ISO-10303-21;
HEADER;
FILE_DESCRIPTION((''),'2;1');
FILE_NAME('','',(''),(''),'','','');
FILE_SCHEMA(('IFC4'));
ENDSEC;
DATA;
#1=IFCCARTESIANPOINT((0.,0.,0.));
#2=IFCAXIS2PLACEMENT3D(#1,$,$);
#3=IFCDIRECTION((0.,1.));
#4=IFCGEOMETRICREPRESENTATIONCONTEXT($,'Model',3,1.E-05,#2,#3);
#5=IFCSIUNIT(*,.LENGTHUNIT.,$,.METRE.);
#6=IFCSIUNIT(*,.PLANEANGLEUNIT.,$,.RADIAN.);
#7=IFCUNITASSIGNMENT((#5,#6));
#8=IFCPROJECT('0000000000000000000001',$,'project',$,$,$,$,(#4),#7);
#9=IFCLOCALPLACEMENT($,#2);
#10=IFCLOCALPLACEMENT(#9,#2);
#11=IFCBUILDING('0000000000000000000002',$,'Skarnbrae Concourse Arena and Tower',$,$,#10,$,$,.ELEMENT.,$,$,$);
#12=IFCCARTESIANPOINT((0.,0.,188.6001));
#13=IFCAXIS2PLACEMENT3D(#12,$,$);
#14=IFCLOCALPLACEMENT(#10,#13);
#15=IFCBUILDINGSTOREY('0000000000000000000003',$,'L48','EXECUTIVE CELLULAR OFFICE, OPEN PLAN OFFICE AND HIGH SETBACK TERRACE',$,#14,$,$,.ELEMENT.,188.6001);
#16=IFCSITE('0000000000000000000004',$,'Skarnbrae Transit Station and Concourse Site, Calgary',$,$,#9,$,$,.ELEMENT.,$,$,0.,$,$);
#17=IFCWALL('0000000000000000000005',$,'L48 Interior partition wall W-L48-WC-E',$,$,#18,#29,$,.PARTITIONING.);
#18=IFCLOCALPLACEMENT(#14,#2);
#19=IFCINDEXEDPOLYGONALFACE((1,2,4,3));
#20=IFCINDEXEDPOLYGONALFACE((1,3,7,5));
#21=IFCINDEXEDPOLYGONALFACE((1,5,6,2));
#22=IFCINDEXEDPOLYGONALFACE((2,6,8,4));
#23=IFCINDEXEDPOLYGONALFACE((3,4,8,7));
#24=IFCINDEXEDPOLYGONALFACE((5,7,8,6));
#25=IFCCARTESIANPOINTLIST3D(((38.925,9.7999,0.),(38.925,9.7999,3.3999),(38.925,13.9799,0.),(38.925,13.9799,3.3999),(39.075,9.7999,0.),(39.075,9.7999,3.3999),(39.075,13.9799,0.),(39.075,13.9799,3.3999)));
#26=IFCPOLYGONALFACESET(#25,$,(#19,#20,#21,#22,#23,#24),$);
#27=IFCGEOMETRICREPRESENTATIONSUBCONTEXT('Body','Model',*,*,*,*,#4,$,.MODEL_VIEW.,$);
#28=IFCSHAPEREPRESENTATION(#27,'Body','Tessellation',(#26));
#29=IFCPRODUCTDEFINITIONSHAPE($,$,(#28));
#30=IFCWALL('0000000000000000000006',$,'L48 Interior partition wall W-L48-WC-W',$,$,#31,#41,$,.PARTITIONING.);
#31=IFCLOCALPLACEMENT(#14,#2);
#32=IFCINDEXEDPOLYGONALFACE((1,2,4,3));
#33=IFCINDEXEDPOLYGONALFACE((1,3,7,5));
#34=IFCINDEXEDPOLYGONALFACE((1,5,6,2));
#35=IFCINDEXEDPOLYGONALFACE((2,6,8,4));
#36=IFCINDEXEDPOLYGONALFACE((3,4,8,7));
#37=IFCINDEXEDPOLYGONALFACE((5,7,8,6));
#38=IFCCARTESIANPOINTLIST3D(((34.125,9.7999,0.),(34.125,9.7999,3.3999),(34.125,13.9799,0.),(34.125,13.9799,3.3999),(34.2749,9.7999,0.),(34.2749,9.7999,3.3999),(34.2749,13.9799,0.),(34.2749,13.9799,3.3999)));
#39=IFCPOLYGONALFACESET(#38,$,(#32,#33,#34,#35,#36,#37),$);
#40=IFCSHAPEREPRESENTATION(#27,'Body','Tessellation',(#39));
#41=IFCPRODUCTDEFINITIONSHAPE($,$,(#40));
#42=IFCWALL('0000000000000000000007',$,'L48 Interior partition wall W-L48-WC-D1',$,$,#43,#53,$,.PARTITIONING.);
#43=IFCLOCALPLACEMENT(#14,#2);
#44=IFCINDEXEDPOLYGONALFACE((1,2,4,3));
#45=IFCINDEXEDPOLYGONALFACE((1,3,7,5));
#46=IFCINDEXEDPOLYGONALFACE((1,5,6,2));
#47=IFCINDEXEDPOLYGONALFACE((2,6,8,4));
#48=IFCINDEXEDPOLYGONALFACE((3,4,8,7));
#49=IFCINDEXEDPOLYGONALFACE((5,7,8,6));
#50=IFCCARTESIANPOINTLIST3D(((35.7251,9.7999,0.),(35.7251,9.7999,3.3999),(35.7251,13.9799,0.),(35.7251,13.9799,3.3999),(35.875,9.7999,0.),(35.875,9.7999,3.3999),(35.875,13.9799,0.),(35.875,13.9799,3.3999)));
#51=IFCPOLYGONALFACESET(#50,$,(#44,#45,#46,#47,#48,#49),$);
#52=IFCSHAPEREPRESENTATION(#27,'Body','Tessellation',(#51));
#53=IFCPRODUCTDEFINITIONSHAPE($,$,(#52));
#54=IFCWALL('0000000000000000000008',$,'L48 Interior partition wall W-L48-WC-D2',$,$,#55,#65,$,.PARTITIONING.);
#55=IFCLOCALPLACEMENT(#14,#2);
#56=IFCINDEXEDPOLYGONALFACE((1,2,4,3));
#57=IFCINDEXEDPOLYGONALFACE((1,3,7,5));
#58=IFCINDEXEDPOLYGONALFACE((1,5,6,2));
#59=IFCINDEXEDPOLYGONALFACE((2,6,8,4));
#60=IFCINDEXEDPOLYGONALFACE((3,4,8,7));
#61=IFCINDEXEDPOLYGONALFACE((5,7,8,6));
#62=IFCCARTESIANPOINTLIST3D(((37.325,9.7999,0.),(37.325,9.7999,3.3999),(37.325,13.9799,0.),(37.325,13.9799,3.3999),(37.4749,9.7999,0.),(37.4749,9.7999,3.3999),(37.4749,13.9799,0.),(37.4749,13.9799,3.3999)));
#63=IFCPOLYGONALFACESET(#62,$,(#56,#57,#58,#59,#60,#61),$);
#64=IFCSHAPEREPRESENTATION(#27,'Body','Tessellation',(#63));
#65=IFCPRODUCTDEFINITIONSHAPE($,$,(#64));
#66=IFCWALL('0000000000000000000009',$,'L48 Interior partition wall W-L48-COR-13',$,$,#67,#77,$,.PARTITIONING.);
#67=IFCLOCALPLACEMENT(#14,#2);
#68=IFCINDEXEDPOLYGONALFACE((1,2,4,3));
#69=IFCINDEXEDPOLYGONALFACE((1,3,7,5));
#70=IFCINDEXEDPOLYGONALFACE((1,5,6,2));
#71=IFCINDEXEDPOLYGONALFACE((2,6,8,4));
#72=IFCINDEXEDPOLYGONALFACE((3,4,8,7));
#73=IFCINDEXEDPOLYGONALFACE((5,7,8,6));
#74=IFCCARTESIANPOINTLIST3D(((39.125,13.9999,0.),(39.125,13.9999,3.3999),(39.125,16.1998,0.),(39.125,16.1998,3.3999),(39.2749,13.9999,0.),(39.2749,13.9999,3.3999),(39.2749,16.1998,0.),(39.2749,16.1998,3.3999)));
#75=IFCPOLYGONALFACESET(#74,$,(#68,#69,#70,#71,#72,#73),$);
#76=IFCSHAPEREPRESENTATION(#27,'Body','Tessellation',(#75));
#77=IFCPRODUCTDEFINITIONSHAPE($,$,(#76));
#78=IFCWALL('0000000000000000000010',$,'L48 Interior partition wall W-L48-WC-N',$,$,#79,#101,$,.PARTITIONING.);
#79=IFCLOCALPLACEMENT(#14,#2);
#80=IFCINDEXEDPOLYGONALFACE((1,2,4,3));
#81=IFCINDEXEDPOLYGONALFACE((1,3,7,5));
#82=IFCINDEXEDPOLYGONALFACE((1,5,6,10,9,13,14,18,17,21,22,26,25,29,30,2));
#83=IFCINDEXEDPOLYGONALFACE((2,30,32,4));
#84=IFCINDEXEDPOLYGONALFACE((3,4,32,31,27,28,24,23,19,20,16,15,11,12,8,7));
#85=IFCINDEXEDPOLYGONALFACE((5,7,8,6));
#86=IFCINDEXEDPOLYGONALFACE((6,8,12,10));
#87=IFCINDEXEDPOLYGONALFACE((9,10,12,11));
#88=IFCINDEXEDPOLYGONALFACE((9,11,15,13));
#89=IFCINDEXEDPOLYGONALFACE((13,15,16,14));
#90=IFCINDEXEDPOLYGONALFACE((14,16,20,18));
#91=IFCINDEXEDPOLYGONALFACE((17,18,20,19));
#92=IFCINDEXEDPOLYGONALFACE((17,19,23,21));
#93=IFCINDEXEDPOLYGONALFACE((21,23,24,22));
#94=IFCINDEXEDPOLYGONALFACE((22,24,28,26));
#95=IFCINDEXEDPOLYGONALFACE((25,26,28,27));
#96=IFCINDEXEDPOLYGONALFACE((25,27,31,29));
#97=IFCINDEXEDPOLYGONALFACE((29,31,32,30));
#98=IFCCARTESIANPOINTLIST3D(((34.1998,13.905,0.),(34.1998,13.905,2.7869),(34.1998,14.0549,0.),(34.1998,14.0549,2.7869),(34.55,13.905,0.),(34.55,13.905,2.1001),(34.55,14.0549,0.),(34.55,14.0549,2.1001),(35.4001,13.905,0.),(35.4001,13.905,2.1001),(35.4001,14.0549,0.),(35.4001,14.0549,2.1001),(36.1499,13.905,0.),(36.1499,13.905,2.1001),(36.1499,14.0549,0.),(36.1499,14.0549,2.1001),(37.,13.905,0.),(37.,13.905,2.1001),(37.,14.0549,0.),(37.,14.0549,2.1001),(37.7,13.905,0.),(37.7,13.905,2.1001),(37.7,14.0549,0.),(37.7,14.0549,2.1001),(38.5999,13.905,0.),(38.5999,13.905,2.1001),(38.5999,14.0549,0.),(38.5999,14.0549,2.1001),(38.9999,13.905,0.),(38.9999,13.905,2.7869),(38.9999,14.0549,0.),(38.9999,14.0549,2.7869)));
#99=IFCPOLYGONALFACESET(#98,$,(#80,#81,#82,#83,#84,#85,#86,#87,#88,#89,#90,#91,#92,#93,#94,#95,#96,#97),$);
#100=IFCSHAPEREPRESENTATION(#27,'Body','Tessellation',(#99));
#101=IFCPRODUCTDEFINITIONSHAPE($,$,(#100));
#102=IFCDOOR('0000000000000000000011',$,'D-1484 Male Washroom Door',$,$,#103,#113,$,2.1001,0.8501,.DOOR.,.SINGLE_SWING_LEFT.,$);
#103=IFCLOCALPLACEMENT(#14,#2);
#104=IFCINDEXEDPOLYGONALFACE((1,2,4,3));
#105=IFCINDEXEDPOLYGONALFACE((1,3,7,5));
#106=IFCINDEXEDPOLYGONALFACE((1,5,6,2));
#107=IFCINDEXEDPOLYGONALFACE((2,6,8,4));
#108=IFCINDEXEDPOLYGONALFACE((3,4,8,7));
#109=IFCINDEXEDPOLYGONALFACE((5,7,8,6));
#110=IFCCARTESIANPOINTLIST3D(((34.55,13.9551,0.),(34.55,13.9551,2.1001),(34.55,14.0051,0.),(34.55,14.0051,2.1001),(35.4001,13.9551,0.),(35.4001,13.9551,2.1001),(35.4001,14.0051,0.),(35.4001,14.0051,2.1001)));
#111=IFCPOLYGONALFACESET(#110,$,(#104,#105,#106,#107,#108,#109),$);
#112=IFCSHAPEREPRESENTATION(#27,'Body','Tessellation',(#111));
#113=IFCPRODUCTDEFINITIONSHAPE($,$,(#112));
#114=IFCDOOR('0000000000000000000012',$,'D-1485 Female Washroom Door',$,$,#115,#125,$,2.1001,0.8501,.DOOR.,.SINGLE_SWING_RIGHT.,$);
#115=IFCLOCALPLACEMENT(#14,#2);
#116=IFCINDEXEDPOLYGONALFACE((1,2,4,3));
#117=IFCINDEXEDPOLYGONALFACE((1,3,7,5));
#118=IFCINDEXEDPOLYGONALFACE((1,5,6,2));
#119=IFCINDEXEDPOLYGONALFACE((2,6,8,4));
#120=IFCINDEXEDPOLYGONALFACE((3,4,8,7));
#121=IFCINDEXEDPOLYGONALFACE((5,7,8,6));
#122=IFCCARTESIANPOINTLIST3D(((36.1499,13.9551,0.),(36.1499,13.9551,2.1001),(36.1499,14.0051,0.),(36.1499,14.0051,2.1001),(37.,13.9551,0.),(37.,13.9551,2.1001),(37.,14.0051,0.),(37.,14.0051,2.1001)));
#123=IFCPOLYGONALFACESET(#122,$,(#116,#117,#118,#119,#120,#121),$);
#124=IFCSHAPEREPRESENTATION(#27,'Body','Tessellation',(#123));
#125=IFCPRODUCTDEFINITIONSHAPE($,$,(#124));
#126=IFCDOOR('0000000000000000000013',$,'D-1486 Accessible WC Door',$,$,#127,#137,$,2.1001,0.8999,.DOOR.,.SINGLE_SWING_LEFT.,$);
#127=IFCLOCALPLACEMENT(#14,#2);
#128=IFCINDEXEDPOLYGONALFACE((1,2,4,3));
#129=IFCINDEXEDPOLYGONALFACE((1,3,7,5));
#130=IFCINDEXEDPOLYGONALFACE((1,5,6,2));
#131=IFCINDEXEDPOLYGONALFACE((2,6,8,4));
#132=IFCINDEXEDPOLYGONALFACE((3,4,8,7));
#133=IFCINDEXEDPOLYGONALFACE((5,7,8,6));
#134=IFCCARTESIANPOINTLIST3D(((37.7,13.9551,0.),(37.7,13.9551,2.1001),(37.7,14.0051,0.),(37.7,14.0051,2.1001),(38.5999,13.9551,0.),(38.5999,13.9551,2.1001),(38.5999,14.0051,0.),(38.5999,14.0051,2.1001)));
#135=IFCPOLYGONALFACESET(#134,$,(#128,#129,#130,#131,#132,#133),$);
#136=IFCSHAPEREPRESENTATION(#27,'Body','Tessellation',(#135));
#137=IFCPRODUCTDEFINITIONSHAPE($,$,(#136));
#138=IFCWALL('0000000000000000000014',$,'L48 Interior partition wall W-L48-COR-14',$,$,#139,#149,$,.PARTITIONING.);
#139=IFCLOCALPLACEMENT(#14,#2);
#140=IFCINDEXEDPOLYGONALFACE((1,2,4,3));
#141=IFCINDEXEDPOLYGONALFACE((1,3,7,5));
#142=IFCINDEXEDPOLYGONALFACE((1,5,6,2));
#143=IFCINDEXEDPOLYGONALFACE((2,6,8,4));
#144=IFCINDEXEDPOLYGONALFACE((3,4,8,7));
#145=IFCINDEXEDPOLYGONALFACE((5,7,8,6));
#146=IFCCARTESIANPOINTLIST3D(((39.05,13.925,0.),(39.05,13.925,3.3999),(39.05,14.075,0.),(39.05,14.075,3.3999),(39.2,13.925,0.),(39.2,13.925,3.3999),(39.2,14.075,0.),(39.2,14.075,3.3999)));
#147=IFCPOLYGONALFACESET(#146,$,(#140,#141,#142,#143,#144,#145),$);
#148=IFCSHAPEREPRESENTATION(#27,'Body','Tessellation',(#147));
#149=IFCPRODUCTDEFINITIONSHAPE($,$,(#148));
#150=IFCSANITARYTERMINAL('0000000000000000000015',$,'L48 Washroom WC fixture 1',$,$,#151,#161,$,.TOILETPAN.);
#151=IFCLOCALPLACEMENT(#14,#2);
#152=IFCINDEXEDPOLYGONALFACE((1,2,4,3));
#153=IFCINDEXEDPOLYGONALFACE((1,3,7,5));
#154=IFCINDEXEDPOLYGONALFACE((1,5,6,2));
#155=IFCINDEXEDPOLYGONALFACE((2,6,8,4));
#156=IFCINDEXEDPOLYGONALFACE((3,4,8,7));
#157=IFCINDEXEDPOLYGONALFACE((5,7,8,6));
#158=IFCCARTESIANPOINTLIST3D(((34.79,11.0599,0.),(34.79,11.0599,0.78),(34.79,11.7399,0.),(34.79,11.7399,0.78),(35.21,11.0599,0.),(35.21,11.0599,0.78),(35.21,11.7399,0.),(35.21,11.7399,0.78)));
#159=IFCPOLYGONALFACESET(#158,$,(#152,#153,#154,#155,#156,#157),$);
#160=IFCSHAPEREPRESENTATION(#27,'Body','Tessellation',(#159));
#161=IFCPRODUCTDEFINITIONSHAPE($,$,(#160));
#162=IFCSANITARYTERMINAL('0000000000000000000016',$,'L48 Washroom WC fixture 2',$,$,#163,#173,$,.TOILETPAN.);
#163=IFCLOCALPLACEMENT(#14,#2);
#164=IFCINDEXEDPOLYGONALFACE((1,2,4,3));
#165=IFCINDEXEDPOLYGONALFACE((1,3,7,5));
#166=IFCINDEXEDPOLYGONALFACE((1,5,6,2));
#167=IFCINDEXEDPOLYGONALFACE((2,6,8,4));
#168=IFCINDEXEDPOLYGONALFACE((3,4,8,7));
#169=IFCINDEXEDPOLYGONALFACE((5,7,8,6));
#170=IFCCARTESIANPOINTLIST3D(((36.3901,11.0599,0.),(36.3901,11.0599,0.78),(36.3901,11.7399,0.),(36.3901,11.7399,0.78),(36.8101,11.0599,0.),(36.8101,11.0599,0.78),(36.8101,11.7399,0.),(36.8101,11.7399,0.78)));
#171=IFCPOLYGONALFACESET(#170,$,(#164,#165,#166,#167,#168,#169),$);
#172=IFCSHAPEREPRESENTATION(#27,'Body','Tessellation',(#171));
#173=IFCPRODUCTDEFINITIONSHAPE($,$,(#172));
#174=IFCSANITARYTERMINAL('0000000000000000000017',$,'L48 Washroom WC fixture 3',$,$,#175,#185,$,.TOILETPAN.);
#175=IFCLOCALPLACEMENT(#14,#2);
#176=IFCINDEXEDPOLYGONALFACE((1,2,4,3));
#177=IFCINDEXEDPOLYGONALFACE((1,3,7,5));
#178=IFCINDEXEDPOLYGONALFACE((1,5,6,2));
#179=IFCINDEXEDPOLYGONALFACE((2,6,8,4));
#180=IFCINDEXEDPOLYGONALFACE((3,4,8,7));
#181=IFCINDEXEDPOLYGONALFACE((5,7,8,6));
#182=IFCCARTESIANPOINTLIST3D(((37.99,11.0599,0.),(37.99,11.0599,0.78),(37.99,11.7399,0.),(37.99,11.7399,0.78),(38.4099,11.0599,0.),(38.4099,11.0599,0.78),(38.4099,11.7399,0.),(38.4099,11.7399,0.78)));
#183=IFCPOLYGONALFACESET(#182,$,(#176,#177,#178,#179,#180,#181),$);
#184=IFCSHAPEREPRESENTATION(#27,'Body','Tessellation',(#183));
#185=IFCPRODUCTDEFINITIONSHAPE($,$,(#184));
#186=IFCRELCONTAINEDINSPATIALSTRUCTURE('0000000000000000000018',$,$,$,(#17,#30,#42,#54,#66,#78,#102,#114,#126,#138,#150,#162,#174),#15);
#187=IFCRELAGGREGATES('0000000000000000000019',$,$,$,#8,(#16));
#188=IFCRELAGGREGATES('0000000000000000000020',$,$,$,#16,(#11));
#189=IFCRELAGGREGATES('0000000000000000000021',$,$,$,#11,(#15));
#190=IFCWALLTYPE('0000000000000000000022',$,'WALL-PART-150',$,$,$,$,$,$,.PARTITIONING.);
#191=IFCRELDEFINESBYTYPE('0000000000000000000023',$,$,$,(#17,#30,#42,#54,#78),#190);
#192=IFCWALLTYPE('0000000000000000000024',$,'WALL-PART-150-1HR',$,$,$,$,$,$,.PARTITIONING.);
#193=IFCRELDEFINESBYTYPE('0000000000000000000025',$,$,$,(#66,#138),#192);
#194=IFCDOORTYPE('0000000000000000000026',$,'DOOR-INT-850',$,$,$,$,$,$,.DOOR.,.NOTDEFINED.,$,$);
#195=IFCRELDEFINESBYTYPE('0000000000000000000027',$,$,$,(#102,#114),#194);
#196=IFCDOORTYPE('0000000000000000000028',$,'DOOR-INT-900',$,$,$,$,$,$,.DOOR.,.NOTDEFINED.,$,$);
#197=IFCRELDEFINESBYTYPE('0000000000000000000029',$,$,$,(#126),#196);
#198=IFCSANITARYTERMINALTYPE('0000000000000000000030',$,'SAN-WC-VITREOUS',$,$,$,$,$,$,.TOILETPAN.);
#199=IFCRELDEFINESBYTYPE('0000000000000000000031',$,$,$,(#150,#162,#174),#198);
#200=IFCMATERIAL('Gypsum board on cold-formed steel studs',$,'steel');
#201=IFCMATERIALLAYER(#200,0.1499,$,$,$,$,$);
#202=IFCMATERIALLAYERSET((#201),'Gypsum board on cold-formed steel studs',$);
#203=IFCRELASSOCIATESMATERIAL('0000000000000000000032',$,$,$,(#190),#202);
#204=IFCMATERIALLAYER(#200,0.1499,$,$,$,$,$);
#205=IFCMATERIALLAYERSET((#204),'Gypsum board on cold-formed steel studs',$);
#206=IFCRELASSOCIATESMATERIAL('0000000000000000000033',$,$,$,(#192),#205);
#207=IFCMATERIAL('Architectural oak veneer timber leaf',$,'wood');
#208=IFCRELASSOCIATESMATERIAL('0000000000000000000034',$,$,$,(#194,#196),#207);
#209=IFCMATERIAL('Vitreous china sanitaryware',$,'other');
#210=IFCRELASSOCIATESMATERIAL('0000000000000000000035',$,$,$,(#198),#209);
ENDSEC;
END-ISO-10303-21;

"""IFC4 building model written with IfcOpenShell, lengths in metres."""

from ifc_helpers import new_model, si_unit, direction, frame, frame_2d, origin, origin_2d, place, context, subcontext, project, spatial, rectangle, extrude, source, transform, mapped, material, layer, layer_set, type_object, element, fill, save


model = new_model("IFC4")

# Units and contexts
model_context = context("Model", 3, precision=1e-05, world=origin(), true_north=direction((0.0, 1.0)))
body_context = subcontext(model_context, "Body", "Model", "MODEL_VIEW")
ifc_project = project(units=[si_unit("LENGTHUNIT", "METRE"), si_unit("PLANEANGLEUNIT", "RADIAN")], contexts=[model_context])

# Site, building, storey
site_placement = place(None, origin())
site = spatial("IfcSite", under=ifc_project, at=site_placement, Name="Skarnbrae Transit Station and Concourse Site, Calgary", CompositionType="ELEMENT", RefElevation=0.0)
building_placement = place(site_placement, origin())
building = spatial("IfcBuilding", under=site, at=building_placement, Name="Skarnbrae Concourse Arena and Tower", CompositionType="ELEMENT")
storey_placement = place(building_placement, frame((0.0, 0.0, 188.6001)))
storey = spatial("IfcBuildingStorey", under=building, at=storey_placement, Name="L48", Description="EXECUTIVE CELLULAR OFFICE, OPEN PLAN OFFICE AND HIGH SETBACK TERRACE", CompositionType="ELEMENT", Elevation=188.6001)

# Walls
ifc_material_1 = material(Name="Gypsum board on cold-formed steel studs", Category="steel")
ifc_layer_1 = layer(ifc_material_1, 0.1499)
ifc_layer_set_1 = layer_set([ifc_layer_1], Name="Gypsum board on cold-formed steel studs")
wall_type_1 = type_object("IfcWallType", Name="WALL-PART-150", PredefinedType="PARTITIONING", material=ifc_layer_set_1)
shared_shape_1 = source(origin(), body_context, "Body", "SweptSolid", [
    extrude(rectangle(XDim=4.1799, YDim=0.1499, at=frame_2d((2.0898, 0.0))), origin(), (0.0, 0.0, 1.0), 3.3999),
])
for number, where, z_axis, x_axis, name in (
    (1, (39.0, 9.8, 0.0), (0.0, 0.0, 1.0), (0.0, 1.0, 0.0), "L48 Interior partition wall W-L48-WC-E"),
    (2, (34.2, 9.8, 0.0), (0.0, 0.0, 1.0), (0.0, 1.0, 0.0), "L48 Interior partition wall W-L48-WC-W"),
    (3, (35.8, 9.8, 0.0), (0.0, 0.0, 1.0), (0.0, 1.0, 0.0), "L48 Interior partition wall W-L48-WC-D1"),
    (4, (37.3999, 9.8, 0.0), (0.0, 0.0, 1.0), (0.0, 1.0, 0.0), "L48 Interior partition wall W-L48-WC-D2"),
):
    element("IfcWall", number, at=place(storey_placement, frame(where, z_axis=z_axis, x_axis=x_axis)), inside=storey, type_object=wall_type_1, Name=name, PredefinedType="PARTITIONING", context=body_context, shape_type="MappedRepresentation", body=[
        mapped(shared_shape_1, transform((0.0, 0.0, 0.0))),
    ])
ifc_layer_2 = layer(ifc_material_1, 0.1499)
ifc_layer_set_2 = layer_set([ifc_layer_2], Name="Gypsum board on cold-formed steel studs")
wall_type_2 = type_object("IfcWallType", Name="WALL-PART-150-1HR", PredefinedType="PARTITIONING", material=ifc_layer_set_2)
shared_shape_2 = source(origin(), body_context, "Body", "SweptSolid", [
    extrude(rectangle(XDim=2.2, YDim=0.1499, at=frame_2d((1.1001, 0.0))), origin(), (0.0, 0.0, 1.0), 3.3999),
])
wall_1_placement = place(storey_placement, frame((39.2, 16.2, 0.0), z_axis=(0.0, 0.0, 1.0), x_axis=(0.0, -1.0, 0.0)))
element("IfcWall", 5, at=wall_1_placement, inside=storey, type_object=wall_type_2, Name="L48 Interior partition wall W-L48-COR-13", PredefinedType="PARTITIONING", context=body_context, shape_type="MappedRepresentation", body=[
    mapped(shared_shape_2, transform((0.0, 0.0, 0.0))),
])

# Wall, openings, doors
shared_shape_3 = source(origin(), body_context, "Body", "SweptSolid", [
    extrude(rectangle(XDim=4.8, YDim=0.1499, at=frame_2d((2.3999, 0.0))), origin(), (0.0, 0.0, 1.0), 2.7869),
])
wall_2_placement = place(storey_placement, frame((34.2, 13.98, 0.0), z_axis=(0.0, 0.0, 1.0), x_axis=(1.0, 0.0, 0.0)))
wall_2 = element("IfcWall", 6, at=wall_2_placement, inside=storey, type_object=wall_type_1, Name="L48 Interior partition wall W-L48-WC-N", PredefinedType="PARTITIONING", context=body_context, shape_type="MappedRepresentation", body=[
    mapped(shared_shape_3, transform((0.0, 0.0, 0.0))),
])
opening_1_placement = place(wall_2_placement, frame((0.3501, 0.0, 0.0)))
opening_1 = element("IfcOpeningElement", 7, at=opening_1_placement, cuts=wall_2, PredefinedType="OPENING", context=body_context, shape_type="SweptSolid", body=[
    extrude(rectangle(XDim=0.8501, YDim=2.1001, at=frame_2d((0.425, 1.05))), frame((0.0, 0.085, 0.0), z_axis=(0.0, -1.0, 0.0), x_axis=(1.0, 0.0, 0.0)), (0.0, 0.0, 1.0), 0.1699),
])
opening_2_placement = place(wall_2_placement, frame((1.95, 0.0, 0.0)))
opening_2 = element("IfcOpeningElement", 8, at=opening_2_placement, cuts=wall_2, PredefinedType="OPENING", context=body_context, shape_type="SweptSolid", body=[
    extrude(rectangle(XDim=0.8501, YDim=2.1001, at=frame_2d((0.425, 1.05))), frame((0.0, 0.085, 0.0), z_axis=(0.0, -1.0, 0.0), x_axis=(1.0, 0.0, 0.0)), (0.0, 0.0, 1.0), 0.1699),
])
opening_3_placement = place(wall_2_placement, frame((3.5, 0.0, 0.0)))
opening_3 = element("IfcOpeningElement", 9, at=opening_3_placement, cuts=wall_2, PredefinedType="OPENING", context=body_context, shape_type="SweptSolid", body=[
    extrude(rectangle(XDim=0.8999, YDim=2.1001, at=frame_2d((0.45, 1.05))), frame((0.0, 0.085, 0.0), z_axis=(0.0, -1.0, 0.0), x_axis=(1.0, 0.0, 0.0)), (0.0, 0.0, 1.0), 0.1699),
])
ifc_material_2 = material(Name="Architectural oak veneer timber leaf", Category="wood")
door_type_1 = type_object("IfcDoorType", Name="DOOR-INT-850", OperationType="NOTDEFINED", PredefinedType="DOOR", material=ifc_material_2)
shared_shape_4 = source(origin(), body_context, "Body", "SweptSolid", [
    extrude(rectangle(XDim=0.8501, YDim=2.1001, at=frame_2d((0.425, 1.05))), frame((0.0, 0.0249, 0.0), z_axis=(0.0, -1.0, 0.0), x_axis=(1.0, 0.0, 0.0)), (0.0, 0.0, 1.0), 0.05),
])
door_1_placement = place(opening_1_placement, frame((0.8501, 0.0, 0.0), z_axis=(0.0, 0.0, 1.0), x_axis=(-1.0, 0.0, 0.0)))
door_1 = element("IfcDoor", 10, at=door_1_placement, inside=storey, type_object=door_type_1, Name="D-1484 Male Washroom Door", OperationType="SINGLE_SWING_LEFT", OverallHeight=2.1001, OverallWidth=0.8501, PredefinedType="DOOR", context=body_context, shape_type="MappedRepresentation", body=[
    mapped(shared_shape_4, transform((0.0, 0.0, 0.0))),
])
fill(opening_1, door_1)
door_2_placement = place(opening_2_placement, frame((0.8501, 0.0, 0.0), z_axis=(0.0, 0.0, 1.0), x_axis=(-1.0, 0.0, 0.0)))
door_2 = element("IfcDoor", 11, at=door_2_placement, inside=storey, type_object=door_type_1, Name="D-1485 Female Washroom Door", OperationType="SINGLE_SWING_RIGHT", OverallHeight=2.1001, OverallWidth=0.8501, PredefinedType="DOOR", context=body_context, shape_type="MappedRepresentation", body=[
    mapped(shared_shape_4, transform((0.0, 0.0, 0.0))),
])
fill(opening_2, door_2)
door_type_2 = type_object("IfcDoorType", Name="DOOR-INT-900", OperationType="NOTDEFINED", PredefinedType="DOOR", material=ifc_material_2)
shared_shape_5 = source(origin(), body_context, "Body", "SweptSolid", [
    extrude(rectangle(XDim=0.8999, YDim=2.1001, at=frame_2d((0.45, 1.05))), frame((0.0, 0.0249, 0.0), z_axis=(0.0, -1.0, 0.0), x_axis=(1.0, 0.0, 0.0)), (0.0, 0.0, 1.0), 0.05),
])
door_3_placement = place(opening_3_placement, frame((0.8999, 0.0, 0.0), z_axis=(0.0, 0.0, 1.0), x_axis=(-1.0, 0.0, 0.0)))
door_3 = element("IfcDoor", 12, at=door_3_placement, inside=storey, type_object=door_type_2, Name="D-1486 Accessible WC Door", OperationType="SINGLE_SWING_LEFT", OverallHeight=2.1001, OverallWidth=0.8999, PredefinedType="DOOR", context=body_context, shape_type="MappedRepresentation", body=[
    mapped(shared_shape_5, transform((0.0, 0.0, 0.0))),
])
fill(opening_3, door_3)

# Wall
shared_shape_6 = source(origin(), body_context, "Body", "SweptSolid", [
    extrude(rectangle(XDim=0.1499, YDim=0.1499, at=frame_2d((0.075, 0.0))), origin(), (0.0, 0.0, 1.0), 3.3999),
])
wall_3_placement = place(storey_placement, frame((39.2, 14.0, 0.0), z_axis=(0.0, 0.0, 1.0), x_axis=(-1.0, 0.0, 0.0)))
element("IfcWall", 13, at=wall_3_placement, inside=storey, type_object=wall_type_2, Name="L48 Interior partition wall W-L48-COR-14", PredefinedType="PARTITIONING", context=body_context, shape_type="MappedRepresentation", body=[
    mapped(shared_shape_6, transform((0.0, 0.0, 0.0))),
])

# Sanitary terminals
ifc_material_3 = material(Name="Vitreous china sanitaryware", Category="other")
sanitary_terminal_type = type_object("IfcSanitaryTerminalType", Name="SAN-WC-VITREOUS", PredefinedType="TOILETPAN", material=ifc_material_3)
shared_shape_7 = source(origin(), body_context, "Body", "SweptSolid", [
    extrude(rectangle(XDim=0.4199, YDim=0.6799, at=origin_2d()), origin(), (0.0, 0.0, 1.0), 0.78),
])
for number, where, z_axis, x_axis, name in (
    (14, (35.0, 11.3999, 0.0), (0.0, 0.0, 1.0), (1.0, 0.0, 0.0), "L48 Washroom WC fixture 1"),
    (15, (36.6001, 11.3999, 0.0), (0.0, 0.0, 1.0), (1.0, 0.0, 0.0), "L48 Washroom WC fixture 2"),
    (16, (38.2, 11.3999, 0.0), (0.0, 0.0, 1.0), (1.0, 0.0, 0.0), "L48 Washroom WC fixture 3"),
):
    element("IfcSanitaryTerminal", number, at=place(storey_placement, frame(where, z_axis=z_axis, x_axis=x_axis)), inside=storey, type_object=sanitary_terminal_type, Name=name, PredefinedType="TOILETPAN", context=body_context, shape_type="MappedRepresentation", body=[
        mapped(shared_shape_7, transform((0.0, 0.0, 0.0))),
    ])

save(model, "model.ifc")
